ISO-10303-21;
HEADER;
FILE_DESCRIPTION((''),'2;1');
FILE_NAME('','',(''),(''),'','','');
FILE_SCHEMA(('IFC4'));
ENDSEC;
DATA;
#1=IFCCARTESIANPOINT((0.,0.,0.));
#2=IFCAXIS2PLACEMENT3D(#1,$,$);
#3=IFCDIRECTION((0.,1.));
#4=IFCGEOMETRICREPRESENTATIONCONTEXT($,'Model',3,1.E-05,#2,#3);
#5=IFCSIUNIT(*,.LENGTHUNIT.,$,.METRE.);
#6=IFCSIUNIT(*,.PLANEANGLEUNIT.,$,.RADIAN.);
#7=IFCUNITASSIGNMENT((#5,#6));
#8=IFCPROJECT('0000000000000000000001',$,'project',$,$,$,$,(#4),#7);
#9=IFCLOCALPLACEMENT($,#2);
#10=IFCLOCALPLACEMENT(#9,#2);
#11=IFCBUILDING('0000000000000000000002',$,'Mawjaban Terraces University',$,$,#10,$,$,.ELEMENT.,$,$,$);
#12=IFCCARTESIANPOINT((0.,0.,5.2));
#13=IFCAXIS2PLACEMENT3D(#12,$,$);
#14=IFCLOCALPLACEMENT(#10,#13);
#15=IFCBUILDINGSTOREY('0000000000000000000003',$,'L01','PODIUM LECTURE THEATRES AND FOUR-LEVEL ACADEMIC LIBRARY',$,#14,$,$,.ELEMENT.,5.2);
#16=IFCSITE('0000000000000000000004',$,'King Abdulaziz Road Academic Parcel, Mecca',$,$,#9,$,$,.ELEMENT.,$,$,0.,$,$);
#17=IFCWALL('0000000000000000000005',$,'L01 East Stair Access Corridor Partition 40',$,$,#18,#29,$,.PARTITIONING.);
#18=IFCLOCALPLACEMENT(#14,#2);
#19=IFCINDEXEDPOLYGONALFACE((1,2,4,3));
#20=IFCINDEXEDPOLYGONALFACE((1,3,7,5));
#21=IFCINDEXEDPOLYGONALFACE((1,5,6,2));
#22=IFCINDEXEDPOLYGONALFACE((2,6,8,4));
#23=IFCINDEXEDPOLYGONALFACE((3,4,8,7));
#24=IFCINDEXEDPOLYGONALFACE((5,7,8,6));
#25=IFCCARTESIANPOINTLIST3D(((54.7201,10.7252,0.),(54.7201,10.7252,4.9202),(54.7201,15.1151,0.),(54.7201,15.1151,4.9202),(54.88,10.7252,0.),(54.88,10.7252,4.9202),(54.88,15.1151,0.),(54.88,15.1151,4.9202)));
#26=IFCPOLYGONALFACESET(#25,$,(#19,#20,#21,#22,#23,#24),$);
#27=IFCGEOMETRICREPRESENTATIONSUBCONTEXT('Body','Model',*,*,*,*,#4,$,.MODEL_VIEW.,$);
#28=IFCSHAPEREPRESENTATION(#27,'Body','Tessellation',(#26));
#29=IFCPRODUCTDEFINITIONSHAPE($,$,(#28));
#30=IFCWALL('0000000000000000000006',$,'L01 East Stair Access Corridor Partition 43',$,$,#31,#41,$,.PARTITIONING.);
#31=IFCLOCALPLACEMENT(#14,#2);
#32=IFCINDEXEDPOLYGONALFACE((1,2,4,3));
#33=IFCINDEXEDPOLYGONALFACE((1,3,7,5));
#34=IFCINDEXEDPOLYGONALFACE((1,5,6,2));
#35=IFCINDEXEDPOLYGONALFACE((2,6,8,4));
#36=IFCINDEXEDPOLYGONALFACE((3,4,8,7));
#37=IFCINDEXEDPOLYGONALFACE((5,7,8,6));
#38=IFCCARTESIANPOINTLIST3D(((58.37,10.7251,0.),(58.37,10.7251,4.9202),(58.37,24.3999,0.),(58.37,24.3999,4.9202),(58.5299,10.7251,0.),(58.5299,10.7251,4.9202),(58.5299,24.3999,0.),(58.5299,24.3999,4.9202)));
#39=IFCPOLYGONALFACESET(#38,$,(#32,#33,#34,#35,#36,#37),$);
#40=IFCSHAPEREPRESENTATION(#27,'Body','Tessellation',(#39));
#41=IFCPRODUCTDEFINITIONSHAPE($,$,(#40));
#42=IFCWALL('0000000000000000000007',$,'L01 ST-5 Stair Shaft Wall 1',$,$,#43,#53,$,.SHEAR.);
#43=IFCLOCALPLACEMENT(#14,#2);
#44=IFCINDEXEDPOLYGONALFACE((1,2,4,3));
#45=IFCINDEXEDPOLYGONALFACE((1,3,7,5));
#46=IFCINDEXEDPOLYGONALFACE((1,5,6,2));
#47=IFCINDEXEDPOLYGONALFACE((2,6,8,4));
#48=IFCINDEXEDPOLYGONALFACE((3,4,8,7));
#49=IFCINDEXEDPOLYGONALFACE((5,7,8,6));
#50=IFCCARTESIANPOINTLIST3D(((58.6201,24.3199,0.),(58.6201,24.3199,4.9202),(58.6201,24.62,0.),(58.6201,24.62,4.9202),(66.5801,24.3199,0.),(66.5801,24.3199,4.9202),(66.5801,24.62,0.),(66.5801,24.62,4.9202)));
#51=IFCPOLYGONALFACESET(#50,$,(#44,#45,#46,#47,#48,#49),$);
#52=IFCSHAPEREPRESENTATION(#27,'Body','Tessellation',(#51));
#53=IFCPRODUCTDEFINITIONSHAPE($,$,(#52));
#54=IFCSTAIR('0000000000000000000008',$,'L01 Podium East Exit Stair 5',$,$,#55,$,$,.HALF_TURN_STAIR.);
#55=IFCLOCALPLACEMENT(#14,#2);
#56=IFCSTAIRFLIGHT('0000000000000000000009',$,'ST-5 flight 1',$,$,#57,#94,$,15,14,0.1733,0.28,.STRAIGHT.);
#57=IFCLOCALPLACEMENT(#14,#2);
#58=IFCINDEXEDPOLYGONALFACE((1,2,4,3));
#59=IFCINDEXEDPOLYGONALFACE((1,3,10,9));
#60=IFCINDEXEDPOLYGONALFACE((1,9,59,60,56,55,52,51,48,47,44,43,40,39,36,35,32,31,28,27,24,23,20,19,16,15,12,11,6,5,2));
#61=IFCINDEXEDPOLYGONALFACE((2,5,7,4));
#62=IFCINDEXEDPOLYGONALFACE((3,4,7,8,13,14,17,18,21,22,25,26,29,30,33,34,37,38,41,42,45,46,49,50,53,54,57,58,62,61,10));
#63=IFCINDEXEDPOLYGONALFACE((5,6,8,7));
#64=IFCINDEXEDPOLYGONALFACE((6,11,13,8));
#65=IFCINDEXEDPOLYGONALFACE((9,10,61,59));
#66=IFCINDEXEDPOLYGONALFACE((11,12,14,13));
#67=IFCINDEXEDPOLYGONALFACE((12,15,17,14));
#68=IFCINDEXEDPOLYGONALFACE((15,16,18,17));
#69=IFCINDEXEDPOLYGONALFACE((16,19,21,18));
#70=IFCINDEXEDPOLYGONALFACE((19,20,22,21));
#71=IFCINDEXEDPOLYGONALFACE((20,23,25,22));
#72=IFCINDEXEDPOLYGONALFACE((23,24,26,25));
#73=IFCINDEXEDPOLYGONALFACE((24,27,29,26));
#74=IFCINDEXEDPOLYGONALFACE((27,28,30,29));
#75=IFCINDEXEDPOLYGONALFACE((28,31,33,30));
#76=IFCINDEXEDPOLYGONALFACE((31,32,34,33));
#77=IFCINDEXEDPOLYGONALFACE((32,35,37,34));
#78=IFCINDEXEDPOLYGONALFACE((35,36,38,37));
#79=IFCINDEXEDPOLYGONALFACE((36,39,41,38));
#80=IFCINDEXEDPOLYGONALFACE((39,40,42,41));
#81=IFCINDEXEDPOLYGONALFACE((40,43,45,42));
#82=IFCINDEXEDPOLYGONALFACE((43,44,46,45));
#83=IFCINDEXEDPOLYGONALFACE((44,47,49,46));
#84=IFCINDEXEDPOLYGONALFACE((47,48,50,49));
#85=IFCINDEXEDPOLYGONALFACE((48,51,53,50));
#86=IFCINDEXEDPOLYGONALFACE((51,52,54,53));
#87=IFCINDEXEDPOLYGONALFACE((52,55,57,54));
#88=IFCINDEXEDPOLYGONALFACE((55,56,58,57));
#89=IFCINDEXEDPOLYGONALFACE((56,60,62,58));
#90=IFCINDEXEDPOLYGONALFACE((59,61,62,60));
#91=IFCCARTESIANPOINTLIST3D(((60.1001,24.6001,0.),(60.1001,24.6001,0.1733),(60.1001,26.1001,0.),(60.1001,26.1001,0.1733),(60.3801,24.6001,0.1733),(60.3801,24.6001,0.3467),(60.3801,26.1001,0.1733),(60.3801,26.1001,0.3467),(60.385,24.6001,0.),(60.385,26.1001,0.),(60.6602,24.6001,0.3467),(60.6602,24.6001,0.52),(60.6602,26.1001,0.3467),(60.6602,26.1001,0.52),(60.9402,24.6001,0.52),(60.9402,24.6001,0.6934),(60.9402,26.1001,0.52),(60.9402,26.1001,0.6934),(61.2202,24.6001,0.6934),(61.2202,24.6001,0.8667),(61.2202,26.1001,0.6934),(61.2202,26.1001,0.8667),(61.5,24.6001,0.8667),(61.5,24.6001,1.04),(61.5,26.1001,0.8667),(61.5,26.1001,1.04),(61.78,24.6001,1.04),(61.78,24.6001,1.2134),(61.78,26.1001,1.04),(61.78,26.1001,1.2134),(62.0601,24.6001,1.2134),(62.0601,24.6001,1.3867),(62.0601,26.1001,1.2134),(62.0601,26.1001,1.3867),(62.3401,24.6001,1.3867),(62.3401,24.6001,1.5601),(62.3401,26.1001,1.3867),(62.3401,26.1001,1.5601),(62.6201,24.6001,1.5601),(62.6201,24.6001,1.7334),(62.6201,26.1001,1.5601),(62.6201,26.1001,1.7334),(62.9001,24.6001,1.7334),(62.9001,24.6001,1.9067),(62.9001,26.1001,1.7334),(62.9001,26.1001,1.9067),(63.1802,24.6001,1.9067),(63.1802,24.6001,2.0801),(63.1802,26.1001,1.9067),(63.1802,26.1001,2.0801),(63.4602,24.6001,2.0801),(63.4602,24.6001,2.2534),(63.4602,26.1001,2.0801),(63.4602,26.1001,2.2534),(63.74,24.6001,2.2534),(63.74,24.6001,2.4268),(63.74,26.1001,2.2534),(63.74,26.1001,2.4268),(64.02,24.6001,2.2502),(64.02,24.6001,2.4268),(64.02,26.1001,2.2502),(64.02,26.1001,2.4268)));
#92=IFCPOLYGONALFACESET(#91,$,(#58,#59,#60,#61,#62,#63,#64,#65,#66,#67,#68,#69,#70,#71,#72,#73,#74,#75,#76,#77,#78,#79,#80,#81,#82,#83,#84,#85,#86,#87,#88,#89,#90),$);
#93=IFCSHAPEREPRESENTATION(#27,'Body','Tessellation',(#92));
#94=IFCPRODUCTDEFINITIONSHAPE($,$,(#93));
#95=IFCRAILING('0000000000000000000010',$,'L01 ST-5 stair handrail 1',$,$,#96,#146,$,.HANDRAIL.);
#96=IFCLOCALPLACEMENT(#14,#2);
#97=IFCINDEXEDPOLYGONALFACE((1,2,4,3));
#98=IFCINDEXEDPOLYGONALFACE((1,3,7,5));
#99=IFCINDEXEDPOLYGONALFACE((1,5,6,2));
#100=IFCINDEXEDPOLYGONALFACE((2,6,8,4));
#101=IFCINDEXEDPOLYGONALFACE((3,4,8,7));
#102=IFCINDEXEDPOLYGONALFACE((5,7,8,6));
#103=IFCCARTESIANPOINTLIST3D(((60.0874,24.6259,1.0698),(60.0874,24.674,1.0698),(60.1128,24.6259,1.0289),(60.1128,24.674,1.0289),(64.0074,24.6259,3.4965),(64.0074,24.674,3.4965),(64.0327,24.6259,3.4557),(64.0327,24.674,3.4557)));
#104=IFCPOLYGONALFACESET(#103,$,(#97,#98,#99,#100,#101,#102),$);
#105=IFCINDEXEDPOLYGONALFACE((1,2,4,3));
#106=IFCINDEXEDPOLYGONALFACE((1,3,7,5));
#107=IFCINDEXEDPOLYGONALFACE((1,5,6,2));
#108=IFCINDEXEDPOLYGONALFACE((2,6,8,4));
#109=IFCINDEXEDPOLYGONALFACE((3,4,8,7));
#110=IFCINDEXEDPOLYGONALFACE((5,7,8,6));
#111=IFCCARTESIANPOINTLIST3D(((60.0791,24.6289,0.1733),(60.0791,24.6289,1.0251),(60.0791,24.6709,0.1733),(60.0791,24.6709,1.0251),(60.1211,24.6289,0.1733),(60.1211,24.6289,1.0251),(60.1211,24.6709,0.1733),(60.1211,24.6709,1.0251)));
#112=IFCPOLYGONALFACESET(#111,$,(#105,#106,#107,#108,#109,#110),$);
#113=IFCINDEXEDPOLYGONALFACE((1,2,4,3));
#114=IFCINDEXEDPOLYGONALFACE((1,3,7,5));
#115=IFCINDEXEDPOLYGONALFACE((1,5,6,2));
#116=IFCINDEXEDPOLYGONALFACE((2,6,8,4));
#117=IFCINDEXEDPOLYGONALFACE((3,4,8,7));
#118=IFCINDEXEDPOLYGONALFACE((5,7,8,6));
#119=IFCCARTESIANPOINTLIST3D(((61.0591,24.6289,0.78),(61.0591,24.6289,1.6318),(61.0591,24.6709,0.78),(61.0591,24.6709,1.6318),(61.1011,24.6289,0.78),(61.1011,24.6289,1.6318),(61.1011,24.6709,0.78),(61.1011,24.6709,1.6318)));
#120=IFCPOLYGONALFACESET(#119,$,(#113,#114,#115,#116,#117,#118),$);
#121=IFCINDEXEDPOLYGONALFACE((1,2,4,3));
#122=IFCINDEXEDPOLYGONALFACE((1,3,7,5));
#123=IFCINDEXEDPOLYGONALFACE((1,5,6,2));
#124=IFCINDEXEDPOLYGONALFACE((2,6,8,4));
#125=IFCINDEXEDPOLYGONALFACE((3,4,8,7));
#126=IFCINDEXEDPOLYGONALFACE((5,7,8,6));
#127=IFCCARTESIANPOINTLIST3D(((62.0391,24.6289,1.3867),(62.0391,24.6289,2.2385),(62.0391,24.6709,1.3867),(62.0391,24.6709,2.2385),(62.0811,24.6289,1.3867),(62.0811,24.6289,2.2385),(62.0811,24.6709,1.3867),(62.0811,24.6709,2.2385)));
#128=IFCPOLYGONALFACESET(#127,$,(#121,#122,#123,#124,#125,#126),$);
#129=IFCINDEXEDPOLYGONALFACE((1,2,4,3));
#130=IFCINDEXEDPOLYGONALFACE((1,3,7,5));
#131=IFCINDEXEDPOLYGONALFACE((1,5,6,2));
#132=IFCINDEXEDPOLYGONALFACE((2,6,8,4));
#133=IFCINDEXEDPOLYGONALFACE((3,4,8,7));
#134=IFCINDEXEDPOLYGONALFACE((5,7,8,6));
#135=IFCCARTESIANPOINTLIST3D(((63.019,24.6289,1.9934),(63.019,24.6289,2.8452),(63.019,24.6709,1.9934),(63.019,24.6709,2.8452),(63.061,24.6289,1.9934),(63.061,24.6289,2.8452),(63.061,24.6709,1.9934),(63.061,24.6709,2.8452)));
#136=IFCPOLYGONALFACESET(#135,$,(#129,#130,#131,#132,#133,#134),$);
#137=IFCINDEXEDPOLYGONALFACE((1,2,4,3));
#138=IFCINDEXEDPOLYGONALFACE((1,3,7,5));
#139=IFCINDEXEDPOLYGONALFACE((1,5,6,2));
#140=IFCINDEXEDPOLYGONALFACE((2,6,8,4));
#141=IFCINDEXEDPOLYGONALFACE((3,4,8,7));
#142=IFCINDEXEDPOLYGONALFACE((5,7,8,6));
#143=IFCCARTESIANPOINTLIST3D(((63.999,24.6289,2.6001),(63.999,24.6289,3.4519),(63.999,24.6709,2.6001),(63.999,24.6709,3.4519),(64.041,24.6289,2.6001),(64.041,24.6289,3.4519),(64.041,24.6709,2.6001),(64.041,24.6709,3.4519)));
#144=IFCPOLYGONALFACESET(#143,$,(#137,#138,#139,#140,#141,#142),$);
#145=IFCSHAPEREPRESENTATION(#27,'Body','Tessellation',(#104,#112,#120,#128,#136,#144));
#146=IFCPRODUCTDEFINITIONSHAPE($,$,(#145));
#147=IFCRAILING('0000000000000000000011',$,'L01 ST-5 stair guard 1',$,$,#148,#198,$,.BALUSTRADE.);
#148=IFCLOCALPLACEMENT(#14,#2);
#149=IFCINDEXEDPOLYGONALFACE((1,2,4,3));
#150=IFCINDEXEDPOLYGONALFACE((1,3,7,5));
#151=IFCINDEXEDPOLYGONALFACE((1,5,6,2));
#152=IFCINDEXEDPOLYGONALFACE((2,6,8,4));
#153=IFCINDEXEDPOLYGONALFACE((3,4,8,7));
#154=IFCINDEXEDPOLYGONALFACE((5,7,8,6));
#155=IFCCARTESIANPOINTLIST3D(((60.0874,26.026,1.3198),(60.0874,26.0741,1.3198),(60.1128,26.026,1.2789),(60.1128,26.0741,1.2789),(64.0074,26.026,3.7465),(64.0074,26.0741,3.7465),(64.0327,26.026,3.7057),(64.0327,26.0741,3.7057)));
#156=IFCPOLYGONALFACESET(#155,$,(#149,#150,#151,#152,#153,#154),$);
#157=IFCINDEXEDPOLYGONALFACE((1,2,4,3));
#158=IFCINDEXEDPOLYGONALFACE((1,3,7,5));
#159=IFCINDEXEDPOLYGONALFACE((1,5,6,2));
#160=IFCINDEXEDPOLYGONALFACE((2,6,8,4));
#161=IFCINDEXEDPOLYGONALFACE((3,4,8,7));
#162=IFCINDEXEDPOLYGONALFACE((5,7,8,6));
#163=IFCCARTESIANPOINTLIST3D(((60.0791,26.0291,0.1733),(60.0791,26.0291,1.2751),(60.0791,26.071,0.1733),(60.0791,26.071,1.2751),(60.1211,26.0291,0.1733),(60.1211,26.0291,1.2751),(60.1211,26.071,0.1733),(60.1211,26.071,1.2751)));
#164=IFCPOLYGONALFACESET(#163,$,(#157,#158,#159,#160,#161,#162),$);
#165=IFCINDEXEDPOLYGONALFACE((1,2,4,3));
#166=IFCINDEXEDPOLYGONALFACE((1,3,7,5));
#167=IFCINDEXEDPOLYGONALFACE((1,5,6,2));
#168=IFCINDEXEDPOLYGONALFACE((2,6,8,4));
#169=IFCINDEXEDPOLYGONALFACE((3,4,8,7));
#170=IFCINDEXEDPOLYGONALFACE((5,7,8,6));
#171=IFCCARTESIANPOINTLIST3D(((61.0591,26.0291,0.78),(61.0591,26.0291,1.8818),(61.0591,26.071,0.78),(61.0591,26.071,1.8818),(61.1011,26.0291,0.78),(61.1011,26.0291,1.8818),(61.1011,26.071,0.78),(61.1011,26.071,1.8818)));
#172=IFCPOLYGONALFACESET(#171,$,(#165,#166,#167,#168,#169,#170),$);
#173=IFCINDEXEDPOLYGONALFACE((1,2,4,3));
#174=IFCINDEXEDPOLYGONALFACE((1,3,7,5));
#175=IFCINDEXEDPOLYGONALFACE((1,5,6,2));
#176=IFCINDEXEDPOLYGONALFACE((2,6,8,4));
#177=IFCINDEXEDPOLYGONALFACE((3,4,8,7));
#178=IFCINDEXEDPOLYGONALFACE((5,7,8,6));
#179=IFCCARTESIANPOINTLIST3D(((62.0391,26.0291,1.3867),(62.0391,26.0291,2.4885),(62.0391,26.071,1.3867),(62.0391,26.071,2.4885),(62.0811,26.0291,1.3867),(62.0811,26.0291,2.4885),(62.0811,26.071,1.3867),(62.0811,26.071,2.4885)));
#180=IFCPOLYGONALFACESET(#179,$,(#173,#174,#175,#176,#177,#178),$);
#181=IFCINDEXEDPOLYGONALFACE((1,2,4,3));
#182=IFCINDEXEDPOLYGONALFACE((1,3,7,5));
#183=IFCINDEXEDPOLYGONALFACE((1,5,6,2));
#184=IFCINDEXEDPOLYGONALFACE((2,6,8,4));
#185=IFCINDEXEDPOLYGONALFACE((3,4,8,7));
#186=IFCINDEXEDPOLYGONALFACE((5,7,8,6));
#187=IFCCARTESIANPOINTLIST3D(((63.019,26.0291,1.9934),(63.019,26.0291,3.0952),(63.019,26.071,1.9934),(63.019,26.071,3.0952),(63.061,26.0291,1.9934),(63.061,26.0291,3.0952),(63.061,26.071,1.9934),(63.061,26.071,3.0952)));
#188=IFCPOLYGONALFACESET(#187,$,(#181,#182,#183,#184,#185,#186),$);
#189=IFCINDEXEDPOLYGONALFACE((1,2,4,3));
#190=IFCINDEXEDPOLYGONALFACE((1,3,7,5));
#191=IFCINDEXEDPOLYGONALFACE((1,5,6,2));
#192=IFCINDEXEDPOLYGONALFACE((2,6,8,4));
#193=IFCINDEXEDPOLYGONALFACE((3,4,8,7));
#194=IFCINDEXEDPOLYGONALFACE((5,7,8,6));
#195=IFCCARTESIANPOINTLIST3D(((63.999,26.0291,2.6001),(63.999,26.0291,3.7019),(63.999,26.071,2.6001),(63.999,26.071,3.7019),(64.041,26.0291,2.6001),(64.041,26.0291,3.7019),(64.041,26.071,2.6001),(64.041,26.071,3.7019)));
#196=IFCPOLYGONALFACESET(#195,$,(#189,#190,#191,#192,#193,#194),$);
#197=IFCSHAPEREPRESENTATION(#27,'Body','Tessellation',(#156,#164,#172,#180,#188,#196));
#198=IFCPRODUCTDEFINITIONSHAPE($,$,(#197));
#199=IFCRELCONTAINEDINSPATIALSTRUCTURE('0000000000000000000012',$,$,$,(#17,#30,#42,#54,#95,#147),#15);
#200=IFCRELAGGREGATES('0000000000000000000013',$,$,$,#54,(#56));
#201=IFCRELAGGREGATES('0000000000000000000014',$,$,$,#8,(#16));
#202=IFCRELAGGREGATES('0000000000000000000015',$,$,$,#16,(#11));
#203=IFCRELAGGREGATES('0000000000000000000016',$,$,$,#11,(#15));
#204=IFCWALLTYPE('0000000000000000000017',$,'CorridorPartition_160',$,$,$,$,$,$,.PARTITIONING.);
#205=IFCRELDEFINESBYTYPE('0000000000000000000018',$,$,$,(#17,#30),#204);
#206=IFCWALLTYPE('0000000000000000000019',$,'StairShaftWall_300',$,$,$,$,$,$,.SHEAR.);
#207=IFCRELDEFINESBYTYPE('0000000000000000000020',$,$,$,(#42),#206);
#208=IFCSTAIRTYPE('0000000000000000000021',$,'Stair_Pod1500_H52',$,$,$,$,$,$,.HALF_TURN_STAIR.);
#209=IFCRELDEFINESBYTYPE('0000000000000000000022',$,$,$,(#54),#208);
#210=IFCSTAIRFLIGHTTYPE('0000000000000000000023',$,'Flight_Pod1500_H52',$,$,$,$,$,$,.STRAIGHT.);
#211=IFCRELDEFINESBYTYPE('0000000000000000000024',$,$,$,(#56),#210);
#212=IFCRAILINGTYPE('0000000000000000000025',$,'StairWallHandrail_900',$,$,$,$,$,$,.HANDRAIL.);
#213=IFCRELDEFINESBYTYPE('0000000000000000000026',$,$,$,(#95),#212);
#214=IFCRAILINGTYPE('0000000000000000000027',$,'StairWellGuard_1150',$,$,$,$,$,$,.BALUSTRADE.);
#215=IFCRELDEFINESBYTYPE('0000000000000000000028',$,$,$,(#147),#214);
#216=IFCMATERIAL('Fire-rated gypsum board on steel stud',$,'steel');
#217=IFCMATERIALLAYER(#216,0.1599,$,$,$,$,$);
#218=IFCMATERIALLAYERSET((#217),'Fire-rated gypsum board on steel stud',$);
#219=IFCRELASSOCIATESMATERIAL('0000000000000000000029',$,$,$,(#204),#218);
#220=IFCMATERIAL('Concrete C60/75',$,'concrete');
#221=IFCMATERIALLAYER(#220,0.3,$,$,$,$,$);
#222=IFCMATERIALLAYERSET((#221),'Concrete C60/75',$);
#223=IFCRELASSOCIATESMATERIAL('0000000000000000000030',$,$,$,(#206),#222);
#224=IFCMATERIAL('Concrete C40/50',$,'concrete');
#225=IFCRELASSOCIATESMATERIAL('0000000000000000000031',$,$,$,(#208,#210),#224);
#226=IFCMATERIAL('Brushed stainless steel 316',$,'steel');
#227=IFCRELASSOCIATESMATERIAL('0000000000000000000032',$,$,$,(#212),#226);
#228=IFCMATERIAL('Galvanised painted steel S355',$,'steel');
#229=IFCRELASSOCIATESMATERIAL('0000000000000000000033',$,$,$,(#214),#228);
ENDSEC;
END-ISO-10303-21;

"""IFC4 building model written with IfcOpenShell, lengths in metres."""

from ifc_helpers import new_model, si_unit, direction, frame, frame_2d, origin, origin_2d, place, context, subcontext, project, spatial, polyline, rectangle, outline, extrude, material, layer, layer_set, type_object, element, aggregate, save


model = new_model("IFC4")

# Units and contexts
model_context = context("Model", 3, precision=1e-05, world=origin(), true_north=direction((0.0, 1.0)))
body_context = subcontext(model_context, "Body", "Model", "MODEL_VIEW")
ifc_project = project(units=[si_unit("LENGTHUNIT", "METRE"), si_unit("PLANEANGLEUNIT", "RADIAN")], contexts=[model_context])

# Site, building, storey
site_placement = place(None, origin())
site = spatial("IfcSite", under=ifc_project, at=site_placement, Name="King Abdulaziz Road Academic Parcel, Mecca", CompositionType="ELEMENT", RefElevation=0.0)
building_placement = place(site_placement, origin())
building = spatial("IfcBuilding", under=site, at=building_placement, Name="Mawjaban Terraces University", CompositionType="ELEMENT")
storey_placement = place(building_placement, frame((0.0, 0.0, 5.2)))
storey = spatial("IfcBuildingStorey", under=building, at=storey_placement, Name="L01", Description="PODIUM LECTURE THEATRES AND FOUR-LEVEL ACADEMIC LIBRARY", CompositionType="ELEMENT", Elevation=5.2)

# Walls
ifc_material_1 = material(Name="Fire-rated gypsum board on steel stud", Category="steel")
ifc_layer_1 = layer(ifc_material_1, 0.1599)
ifc_layer_set_1 = layer_set([ifc_layer_1], Name="Fire-rated gypsum board on steel stud")
wall_type_1 = type_object("IfcWallType", Name="CorridorPartition_160", PredefinedType="PARTITIONING", material=ifc_layer_set_1)
wall_1_placement = place(storey_placement, frame((54.8, 15.115, 0.0), z_axis=(0.0, 0.0, 1.0), x_axis=(0.0, -1.0, 0.0)))
element("IfcWall", 1, at=wall_1_placement, inside=storey, type_object=wall_type_1, Name="L01 East Stair Access Corridor Partition 40", PredefinedType="PARTITIONING", context=body_context, shape_type="SweptSolid", body=[
    extrude(rectangle(XDim=4.3899, YDim=0.1599, at=frame_2d((2.1948, 0.0))), origin(), (0.0, 0.0, 1.0), 4.9202),
])
wall_2_placement = place(storey_placement, frame((58.45, 10.7251, 0.0), z_axis=(0.0, 0.0, 1.0), x_axis=(0.0, 1.0, 0.0)))
element("IfcWall", 2, at=wall_2_placement, inside=storey, type_object=wall_type_1, Name="L01 East Stair Access Corridor Partition 43", PredefinedType="PARTITIONING", context=body_context, shape_type="SweptSolid", body=[
    extrude(rectangle(XDim=13.6748, YDim=0.1599, at=frame_2d((6.8374, 0.0))), origin(), (0.0, 0.0, 1.0), 4.9202),
])
ifc_material_2 = material(Name="Concrete C60/75", Category="concrete")
ifc_layer_2 = layer(ifc_material_2, 0.3)
ifc_layer_set_2 = layer_set([ifc_layer_2], Name="Concrete C60/75")
wall_type_2 = type_object("IfcWallType", Name="StairShaftWall_300", PredefinedType="SHEAR", material=ifc_layer_set_2)
wall_3_placement = place(storey_placement, frame((58.6201, 24.47, 0.0), z_axis=(0.0, 0.0, 1.0), x_axis=(1.0, 0.0, 0.0)))
element("IfcWall", 3, at=wall_3_placement, inside=storey, type_object=wall_type_2, Name="L01 ST-5 Stair Shaft Wall 1", PredefinedType="SHEAR", context=body_context, shape_type="SweptSolid", body=[
    extrude(rectangle(XDim=7.96, YDim=0.3, at=frame_2d((3.98, 0.0))), origin(), (0.0, 0.0, 1.0), 4.9202),
])

# Stair, stair flight
ifc_material_3 = material(Name="Concrete C40/50", Category="concrete")
stair_type = type_object("IfcStairType", Name="Stair_Pod1500_H52", PredefinedType="HALF_TURN_STAIR", material=ifc_material_3)
stair_placement = place(storey_placement, origin())
stair = element("IfcStair", 4, at=stair_placement, inside=storey, type_object=stair_type, Name="L01 Podium East Exit Stair 5", PredefinedType="HALF_TURN_STAIR")
stair_flight_type = type_object("IfcStairFlightType", Name="Flight_Pod1500_H52", PredefinedType="STRAIGHT", material=ifc_material_3)
stair_flight_placement = place(storey_placement, frame((60.1001, 25.3501, 0.0), z_axis=(0.0, 0.0, 1.0), x_axis=(1.0, 0.0, 0.0)))
stair_flight = element("IfcStairFlight", 5, at=stair_flight_placement, type_object=stair_flight_type, Name="ST-5 flight 1", NumberOfRisers=15, NumberOfTreads=14, PredefinedType="STRAIGHT", RiserHeight=0.1733, TreadLength=0.28, context=body_context, shape_type="SweptSolid", body=[
    extrude(outline(polyline([(0.0, 0.0), (0.0, 0.1733), (0.28, 0.1733), (0.28, 0.3467), (0.5601, 0.3467), (0.5601, 0.52), (0.8401, 0.52), (0.8401, 0.6934), (1.1201, 0.6934), (1.1201, 0.8667), (1.3999, 0.8667), (1.3999, 1.04), (1.6799, 1.04), (1.6799, 1.2134), (1.96, 1.2134), (1.96, 1.3867), (2.24, 1.3867), (2.24, 1.5601), (2.52, 1.5601), (2.52, 1.7334), (2.8, 1.7334), (2.8, 1.9067), (3.0801, 1.9067), (3.0801, 2.0801), (3.3601, 2.0801), (3.3601, 2.2534), (3.6399, 2.2534), (3.6399, 2.4268), (3.9199, 2.4268), (3.9199, 2.6001), (3.9199, 2.2502), (0.2849, 0.0), (0.0, 0.0)])), frame((0.0, 0.75, 0.0), z_axis=(0.0, -1.0, 0.0), x_axis=(1.0, 0.0, 0.0)), (0.0, 0.0, 1.0), 1.5),
])
aggregate(stair, [stair_flight])

# Railings
ifc_material_4 = material(Name="Brushed stainless steel 316", Category="steel")
railing_type_1 = type_object("IfcRailingType", Name="StairWallHandrail_900", PredefinedType="HANDRAIL", material=ifc_material_4)
railing_1_placement = place(storey_placement, frame((60.1001, 24.6499, 0.1733)))
element("IfcRailing", 6, at=railing_1_placement, inside=storey, type_object=railing_type_1, Name="L01 ST-5 stair handrail 1", PredefinedType="HANDRAIL", context=body_context, shape_type="SweptSolid", body=[
    extrude(rectangle(XDim=0.0481, YDim=0.0481, at=origin_2d()), frame((0.0, 0.0, 0.876), z_axis=(0.850252, 0.0, 0.526376), x_axis=(0.0, 1.0, 0.0)), (0.0, 0.0, 1.0), 4.6104),
    extrude(rectangle(XDim=0.042, YDim=0.042, at=origin_2d()), origin(), (0.0, 0.0, 1.0), 0.8518),
    extrude(rectangle(XDim=0.042, YDim=0.042, at=origin_2d()), frame((0.98, 0.0, 0.6067)), (0.0, 0.0, 1.0), 0.8518),
    extrude(rectangle(XDim=0.042, YDim=0.042, at=origin_2d()), frame((1.96, 0.0, 1.2134)), (0.0, 0.0, 1.0), 0.8518),
    extrude(rectangle(XDim=0.042, YDim=0.042, at=origin_2d()), frame((2.9399, 0.0, 1.8201)), (0.0, 0.0, 1.0), 0.8518),
    extrude(rectangle(XDim=0.042, YDim=0.042, at=origin_2d()), frame((3.9199, 0.0, 2.4268)), (0.0, 0.0, 1.0), 0.8518),
])
ifc_material_5 = material(Name="Galvanised painted steel S355", Category="steel")
railing_type_2 = type_object("IfcRailingType", Name="StairWellGuard_1150", PredefinedType="BALUSTRADE", material=ifc_material_5)
railing_2_placement = place(storey_placement, frame((60.1001, 26.05, 0.1733)))
element("IfcRailing", 7, at=railing_2_placement, inside=storey, type_object=railing_type_2, Name="L01 ST-5 stair guard 1", PredefinedType="BALUSTRADE", context=body_context, shape_type="SweptSolid", body=[
    extrude(rectangle(XDim=0.0481, YDim=0.0481, at=origin_2d()), frame((0.0, 0.0, 1.126), z_axis=(0.850252, 0.0, 0.526376), x_axis=(0.0, 1.0, 0.0)), (0.0, 0.0, 1.0), 4.6104),
    extrude(rectangle(XDim=0.042, YDim=0.042, at=origin_2d()), origin(), (0.0, 0.0, 1.0), 1.1018),
    extrude(rectangle(XDim=0.042, YDim=0.042, at=origin_2d()), frame((0.98, 0.0, 0.6067)), (0.0, 0.0, 1.0), 1.1018),
    extrude(rectangle(XDim=0.042, YDim=0.042, at=origin_2d()), frame((1.96, 0.0, 1.2134)), (0.0, 0.0, 1.0), 1.1018),
    extrude(rectangle(XDim=0.042, YDim=0.042, at=origin_2d()), frame((2.9399, 0.0, 1.8201)), (0.0, 0.0, 1.0), 1.1018),
    extrude(rectangle(XDim=0.042, YDim=0.042, at=origin_2d()), frame((3.9199, 0.0, 2.4268)), (0.0, 0.0, 1.0), 1.1018),
])

save(model, "model.ifc")
